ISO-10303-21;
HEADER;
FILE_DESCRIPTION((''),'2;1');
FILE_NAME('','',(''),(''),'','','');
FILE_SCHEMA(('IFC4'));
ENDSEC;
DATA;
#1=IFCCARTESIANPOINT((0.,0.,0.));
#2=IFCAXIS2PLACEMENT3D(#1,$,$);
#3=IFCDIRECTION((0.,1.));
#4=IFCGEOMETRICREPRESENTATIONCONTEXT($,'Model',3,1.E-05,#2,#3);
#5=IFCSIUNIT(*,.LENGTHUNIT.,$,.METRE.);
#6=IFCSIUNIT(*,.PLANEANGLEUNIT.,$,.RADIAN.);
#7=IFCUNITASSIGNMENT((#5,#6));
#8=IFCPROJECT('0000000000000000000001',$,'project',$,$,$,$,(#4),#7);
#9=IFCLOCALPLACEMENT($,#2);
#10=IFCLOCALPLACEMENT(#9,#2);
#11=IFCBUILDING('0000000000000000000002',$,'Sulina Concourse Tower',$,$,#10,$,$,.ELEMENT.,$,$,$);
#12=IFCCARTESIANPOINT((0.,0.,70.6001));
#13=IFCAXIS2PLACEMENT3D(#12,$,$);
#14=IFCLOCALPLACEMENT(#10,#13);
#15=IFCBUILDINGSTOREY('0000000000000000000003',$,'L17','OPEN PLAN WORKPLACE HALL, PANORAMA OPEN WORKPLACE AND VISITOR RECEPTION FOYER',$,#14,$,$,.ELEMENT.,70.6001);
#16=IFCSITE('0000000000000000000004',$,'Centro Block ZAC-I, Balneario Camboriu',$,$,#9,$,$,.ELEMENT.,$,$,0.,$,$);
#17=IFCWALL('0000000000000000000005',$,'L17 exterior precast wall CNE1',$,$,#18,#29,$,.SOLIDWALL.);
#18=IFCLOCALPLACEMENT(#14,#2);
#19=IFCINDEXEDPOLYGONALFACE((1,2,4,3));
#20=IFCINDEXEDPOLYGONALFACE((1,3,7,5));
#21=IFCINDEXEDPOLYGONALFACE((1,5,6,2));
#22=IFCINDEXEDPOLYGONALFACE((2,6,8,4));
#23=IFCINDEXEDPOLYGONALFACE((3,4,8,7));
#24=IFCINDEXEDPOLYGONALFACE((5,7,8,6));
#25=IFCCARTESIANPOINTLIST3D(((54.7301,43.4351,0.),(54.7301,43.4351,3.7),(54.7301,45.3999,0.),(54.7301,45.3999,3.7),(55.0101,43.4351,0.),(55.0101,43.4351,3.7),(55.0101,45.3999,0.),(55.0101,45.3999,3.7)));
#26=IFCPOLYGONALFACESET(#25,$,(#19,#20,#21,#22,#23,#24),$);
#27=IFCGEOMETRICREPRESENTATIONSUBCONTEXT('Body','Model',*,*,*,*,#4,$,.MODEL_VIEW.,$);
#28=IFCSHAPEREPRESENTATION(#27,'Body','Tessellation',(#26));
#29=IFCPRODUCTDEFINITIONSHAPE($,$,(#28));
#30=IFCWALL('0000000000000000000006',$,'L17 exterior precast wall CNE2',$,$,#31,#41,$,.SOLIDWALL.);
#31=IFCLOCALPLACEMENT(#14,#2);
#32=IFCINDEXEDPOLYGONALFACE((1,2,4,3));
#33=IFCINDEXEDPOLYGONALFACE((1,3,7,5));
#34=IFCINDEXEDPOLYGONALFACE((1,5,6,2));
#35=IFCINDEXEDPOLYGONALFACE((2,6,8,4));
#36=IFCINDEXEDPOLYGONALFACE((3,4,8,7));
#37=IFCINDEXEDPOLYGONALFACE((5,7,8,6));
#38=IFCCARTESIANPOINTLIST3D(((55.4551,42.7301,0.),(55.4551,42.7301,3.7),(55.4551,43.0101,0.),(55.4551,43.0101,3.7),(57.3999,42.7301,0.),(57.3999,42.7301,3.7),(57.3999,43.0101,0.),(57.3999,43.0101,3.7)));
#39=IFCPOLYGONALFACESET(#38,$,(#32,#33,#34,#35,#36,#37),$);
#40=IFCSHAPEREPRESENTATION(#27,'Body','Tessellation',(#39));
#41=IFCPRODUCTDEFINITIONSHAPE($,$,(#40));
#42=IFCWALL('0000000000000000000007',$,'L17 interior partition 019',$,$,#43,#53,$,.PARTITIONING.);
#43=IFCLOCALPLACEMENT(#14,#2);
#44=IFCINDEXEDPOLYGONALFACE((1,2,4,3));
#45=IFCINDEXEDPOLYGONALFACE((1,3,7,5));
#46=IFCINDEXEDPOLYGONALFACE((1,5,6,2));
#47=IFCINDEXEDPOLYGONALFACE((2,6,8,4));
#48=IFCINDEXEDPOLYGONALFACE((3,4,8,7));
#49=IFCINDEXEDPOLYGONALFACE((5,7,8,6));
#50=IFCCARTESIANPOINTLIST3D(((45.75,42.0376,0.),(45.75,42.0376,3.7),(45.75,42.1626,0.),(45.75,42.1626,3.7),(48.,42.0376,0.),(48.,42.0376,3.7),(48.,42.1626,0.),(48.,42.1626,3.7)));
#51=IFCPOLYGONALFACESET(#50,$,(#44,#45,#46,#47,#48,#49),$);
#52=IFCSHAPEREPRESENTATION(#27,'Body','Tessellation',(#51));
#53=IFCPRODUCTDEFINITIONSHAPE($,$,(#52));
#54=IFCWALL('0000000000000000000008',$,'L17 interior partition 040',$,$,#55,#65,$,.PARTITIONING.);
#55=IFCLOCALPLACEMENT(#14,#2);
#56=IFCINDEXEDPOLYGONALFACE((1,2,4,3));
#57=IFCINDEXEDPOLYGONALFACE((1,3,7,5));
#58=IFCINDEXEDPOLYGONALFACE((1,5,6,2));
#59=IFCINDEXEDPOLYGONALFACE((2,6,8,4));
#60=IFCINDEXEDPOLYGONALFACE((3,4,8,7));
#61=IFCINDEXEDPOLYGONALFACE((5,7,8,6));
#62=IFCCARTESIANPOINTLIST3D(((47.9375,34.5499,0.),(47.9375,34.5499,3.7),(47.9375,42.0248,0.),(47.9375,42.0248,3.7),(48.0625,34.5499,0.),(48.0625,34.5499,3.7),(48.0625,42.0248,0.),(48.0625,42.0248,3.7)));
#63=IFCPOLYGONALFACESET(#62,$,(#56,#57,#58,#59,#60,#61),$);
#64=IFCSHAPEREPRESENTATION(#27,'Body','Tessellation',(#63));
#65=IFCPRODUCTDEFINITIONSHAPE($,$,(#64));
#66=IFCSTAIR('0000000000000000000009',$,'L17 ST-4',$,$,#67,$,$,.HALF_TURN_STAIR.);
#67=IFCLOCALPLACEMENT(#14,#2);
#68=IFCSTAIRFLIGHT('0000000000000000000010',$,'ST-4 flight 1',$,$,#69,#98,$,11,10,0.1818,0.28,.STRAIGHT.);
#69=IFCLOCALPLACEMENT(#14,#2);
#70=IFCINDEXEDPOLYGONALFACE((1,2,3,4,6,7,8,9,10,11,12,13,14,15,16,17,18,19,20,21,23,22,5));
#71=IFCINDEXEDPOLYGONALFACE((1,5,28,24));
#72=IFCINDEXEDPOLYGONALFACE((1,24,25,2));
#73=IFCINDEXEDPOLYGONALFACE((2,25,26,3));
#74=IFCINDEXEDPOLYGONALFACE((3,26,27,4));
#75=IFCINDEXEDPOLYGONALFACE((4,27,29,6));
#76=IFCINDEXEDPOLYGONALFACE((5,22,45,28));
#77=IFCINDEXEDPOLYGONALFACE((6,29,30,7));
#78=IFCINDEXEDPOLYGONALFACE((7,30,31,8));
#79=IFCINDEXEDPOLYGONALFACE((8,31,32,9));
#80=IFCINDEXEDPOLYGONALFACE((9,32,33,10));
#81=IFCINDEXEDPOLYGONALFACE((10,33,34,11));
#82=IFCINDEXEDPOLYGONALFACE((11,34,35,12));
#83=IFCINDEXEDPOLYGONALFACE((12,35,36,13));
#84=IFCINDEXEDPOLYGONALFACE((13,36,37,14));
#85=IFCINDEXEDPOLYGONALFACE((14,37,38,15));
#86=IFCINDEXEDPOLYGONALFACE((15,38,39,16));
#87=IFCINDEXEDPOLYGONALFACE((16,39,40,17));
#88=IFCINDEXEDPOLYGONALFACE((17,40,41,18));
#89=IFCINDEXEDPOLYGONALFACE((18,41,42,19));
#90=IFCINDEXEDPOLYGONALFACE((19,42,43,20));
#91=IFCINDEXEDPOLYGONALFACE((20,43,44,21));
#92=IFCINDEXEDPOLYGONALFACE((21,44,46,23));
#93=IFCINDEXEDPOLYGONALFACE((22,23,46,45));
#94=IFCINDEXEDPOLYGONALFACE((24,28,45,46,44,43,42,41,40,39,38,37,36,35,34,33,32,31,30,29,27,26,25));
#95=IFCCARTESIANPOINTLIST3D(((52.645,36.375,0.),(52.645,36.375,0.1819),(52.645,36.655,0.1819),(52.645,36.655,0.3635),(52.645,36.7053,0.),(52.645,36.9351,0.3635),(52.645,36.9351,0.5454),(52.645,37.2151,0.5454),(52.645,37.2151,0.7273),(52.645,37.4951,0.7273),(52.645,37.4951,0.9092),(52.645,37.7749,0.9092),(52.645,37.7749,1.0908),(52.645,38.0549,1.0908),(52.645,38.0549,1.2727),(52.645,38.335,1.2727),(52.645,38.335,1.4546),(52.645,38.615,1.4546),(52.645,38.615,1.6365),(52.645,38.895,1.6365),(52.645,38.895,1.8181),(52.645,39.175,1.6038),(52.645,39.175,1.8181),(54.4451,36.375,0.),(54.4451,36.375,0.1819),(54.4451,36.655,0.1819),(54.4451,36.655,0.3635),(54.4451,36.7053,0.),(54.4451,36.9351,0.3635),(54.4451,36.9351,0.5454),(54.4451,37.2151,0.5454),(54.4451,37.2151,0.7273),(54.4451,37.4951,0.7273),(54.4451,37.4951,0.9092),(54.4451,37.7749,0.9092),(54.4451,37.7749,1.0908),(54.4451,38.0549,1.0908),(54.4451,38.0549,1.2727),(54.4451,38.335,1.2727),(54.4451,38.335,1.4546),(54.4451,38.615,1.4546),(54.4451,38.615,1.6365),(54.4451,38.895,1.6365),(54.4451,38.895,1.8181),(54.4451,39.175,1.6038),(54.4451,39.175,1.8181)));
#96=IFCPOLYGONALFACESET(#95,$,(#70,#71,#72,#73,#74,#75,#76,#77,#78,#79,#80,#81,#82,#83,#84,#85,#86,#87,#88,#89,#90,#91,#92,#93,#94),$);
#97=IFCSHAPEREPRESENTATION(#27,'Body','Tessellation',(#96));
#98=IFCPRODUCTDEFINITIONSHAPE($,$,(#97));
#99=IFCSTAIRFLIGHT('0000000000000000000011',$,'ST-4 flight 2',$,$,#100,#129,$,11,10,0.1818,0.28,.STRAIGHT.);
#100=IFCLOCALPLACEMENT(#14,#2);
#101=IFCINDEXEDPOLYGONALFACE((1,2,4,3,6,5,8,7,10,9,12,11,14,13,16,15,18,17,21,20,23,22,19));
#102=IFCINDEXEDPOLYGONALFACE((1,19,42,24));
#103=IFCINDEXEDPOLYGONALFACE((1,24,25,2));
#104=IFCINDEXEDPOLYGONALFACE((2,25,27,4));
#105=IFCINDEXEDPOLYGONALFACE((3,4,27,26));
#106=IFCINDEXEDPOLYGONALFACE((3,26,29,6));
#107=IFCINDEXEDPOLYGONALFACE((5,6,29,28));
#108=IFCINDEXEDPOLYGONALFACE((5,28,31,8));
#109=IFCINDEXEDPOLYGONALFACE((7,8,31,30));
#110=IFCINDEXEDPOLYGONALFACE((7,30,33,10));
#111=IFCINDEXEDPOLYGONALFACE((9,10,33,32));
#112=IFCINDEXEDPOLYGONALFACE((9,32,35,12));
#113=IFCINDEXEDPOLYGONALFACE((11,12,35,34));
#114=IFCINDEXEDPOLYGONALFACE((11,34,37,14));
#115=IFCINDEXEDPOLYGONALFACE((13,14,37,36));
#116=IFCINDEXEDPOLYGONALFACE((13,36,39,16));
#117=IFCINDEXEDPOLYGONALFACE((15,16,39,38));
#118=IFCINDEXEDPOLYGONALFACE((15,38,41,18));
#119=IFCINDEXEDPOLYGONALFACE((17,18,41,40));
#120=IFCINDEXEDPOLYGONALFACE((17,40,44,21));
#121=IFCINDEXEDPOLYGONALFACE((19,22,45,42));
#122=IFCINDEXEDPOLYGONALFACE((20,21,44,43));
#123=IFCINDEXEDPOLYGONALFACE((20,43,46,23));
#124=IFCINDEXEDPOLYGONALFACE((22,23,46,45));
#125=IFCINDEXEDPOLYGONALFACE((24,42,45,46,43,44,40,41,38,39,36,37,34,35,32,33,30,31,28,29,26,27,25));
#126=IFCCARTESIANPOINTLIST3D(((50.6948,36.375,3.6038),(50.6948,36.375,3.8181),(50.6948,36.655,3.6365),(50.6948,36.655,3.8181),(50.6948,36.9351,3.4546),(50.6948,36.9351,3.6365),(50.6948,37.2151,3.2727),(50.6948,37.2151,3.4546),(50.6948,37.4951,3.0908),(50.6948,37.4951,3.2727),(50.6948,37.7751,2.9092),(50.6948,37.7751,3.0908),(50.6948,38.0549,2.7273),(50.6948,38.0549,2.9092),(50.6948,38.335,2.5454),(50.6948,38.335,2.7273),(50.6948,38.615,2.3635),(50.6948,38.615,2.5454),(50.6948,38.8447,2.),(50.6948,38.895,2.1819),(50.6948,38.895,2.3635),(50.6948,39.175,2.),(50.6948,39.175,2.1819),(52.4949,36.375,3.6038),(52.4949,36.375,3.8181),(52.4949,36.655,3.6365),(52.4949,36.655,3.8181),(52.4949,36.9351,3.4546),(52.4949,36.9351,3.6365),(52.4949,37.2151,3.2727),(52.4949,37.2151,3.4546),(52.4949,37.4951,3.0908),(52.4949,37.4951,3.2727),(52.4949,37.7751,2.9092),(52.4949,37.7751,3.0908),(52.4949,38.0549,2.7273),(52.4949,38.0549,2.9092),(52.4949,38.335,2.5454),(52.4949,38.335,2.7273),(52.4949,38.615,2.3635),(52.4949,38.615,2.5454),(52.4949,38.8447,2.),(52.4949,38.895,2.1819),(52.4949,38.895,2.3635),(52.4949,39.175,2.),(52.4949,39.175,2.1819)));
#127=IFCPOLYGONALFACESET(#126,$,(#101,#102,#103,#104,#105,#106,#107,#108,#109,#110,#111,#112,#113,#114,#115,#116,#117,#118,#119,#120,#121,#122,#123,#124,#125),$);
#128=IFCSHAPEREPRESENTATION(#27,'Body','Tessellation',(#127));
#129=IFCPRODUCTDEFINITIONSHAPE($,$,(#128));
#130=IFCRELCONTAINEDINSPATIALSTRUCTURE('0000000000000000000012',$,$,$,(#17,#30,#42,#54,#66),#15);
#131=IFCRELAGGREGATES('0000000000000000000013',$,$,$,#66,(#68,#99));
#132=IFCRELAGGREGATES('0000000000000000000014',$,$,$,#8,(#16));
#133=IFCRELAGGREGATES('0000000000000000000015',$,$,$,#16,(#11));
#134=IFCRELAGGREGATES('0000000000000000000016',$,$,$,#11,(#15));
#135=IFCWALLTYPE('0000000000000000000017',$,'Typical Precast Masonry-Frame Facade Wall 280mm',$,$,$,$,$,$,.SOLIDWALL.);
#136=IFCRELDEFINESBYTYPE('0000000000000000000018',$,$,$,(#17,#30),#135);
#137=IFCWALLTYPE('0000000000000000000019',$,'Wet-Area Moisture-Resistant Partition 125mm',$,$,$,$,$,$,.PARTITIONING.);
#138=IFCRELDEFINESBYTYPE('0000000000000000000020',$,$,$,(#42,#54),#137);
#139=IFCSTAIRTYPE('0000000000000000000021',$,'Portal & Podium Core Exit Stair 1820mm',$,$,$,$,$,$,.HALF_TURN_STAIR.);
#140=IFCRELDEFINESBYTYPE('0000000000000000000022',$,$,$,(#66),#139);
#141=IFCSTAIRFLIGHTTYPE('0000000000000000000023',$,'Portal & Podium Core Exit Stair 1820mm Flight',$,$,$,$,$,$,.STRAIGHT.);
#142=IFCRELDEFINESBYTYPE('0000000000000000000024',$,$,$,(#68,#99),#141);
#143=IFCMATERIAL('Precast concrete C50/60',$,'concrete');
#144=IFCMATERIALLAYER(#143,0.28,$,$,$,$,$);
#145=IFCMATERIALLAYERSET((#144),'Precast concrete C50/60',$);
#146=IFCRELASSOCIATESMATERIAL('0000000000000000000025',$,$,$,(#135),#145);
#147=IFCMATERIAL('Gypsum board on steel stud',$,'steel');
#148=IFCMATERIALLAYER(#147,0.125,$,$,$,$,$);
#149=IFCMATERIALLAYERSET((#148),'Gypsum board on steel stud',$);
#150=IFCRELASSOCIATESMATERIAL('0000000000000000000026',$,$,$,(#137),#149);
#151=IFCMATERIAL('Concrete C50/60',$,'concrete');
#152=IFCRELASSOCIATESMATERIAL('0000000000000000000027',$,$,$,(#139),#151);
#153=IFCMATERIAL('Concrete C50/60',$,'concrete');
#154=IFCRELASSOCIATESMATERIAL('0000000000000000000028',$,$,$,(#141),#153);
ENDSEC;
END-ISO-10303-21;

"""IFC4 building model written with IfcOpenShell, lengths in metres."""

from ifc_helpers import new_model, si_unit, direction, frame, frame_2d, origin, place, context, subcontext, project, spatial, polyline, rectangle, outline, extrude, material, layer, layer_set, type_object, element, aggregate, save


model = new_model("IFC4")

# Units and contexts
model_context = context("Model", 3, precision=1e-05, world=origin(), true_north=direction((0.0, 1.0)))
body_context = subcontext(model_context, "Body", "Model", "MODEL_VIEW")
ifc_project = project(units=[si_unit("LENGTHUNIT", "METRE"), si_unit("PLANEANGLEUNIT", "RADIAN")], contexts=[model_context])

# Site, building, storey
site_placement = place(None, origin())
site = spatial("IfcSite", under=ifc_project, at=site_placement, Name="Centro Block ZAC-I, Balneario Camboriu", CompositionType="ELEMENT", RefElevation=0.0)
building_placement = place(site_placement, origin())
building = spatial("IfcBuilding", under=site, at=building_placement, Name="Sulina Concourse Tower", CompositionType="ELEMENT")
storey_placement = place(building_placement, frame((0.0, 0.0, 70.6001)))
storey = spatial("IfcBuildingStorey", under=building, at=storey_placement, Name="L17", Description="OPEN PLAN WORKPLACE HALL, PANORAMA OPEN WORKPLACE AND VISITOR RECEPTION FOYER", CompositionType="ELEMENT", Elevation=70.6001)

# Walls
ifc_material_1 = material(Name="Precast concrete C50/60", Category="concrete")
ifc_layer_1 = layer(ifc_material_1, 0.28)
ifc_layer_set_1 = layer_set([ifc_layer_1], Name="Precast concrete C50/60")
wall_type_1 = type_object("IfcWallType", Name="Typical Precast Masonry-Frame Facade Wall 280mm", PredefinedType="SOLIDWALL", material=ifc_layer_set_1)
wall_1_placement = place(storey_placement, frame((54.8701, 45.3999, 0.0), z_axis=(0.0, 0.0, 1.0), x_axis=(0.0, -1.0, 0.0)))
element("IfcWall", 1, at=wall_1_placement, inside=storey, type_object=wall_type_1, Name="L17 exterior precast wall CNE1", PredefinedType="SOLIDWALL", context=body_context, shape_type="SweptSolid", body=[
    extrude(rectangle(XDim=1.9648, YDim=0.28, at=frame_2d((0.9824, 0.0))), origin(), (0.0, 0.0, 1.0), 3.7),
])
wall_2_placement = place(storey_placement, frame((55.4551, 42.8701, 0.0), z_axis=(0.0, 0.0, 1.0), x_axis=(1.0, 0.0, 0.0)))
element("IfcWall", 2, at=wall_2_placement, inside=storey, type_object=wall_type_1, Name="L17 exterior precast wall CNE2", PredefinedType="SOLIDWALL", context=body_context, shape_type="SweptSolid", body=[
    extrude(rectangle(XDim=1.9448, YDim=0.28, at=frame_2d((0.9724, 0.0))), origin(), (0.0, 0.0, 1.0), 3.7),
])
ifc_material_2 = material(Name="Gypsum board on steel stud", Category="steel")
ifc_layer_2 = layer(ifc_material_2, 0.125)
ifc_layer_set_2 = layer_set([ifc_layer_2], Name="Gypsum board on steel stud")
wall_type_2 = type_object("IfcWallType", Name="Wet-Area Moisture-Resistant Partition 125mm", PredefinedType="PARTITIONING", material=ifc_layer_set_2)
wall_3_placement = place(storey_placement, frame((45.75, 42.1001, 0.0), z_axis=(0.0, 0.0, 1.0), x_axis=(1.0, 0.0, 0.0)))
element("IfcWall", 3, at=wall_3_placement, inside=storey, type_object=wall_type_2, Name="L17 interior partition 019", PredefinedType="PARTITIONING", context=body_context, shape_type="SweptSolid", body=[
    extrude(rectangle(XDim=2.25, YDim=0.125, at=frame_2d((1.125, 0.0))), origin(), (0.0, 0.0, 1.0), 3.7),
])
wall_4_placement = place(storey_placement, frame((48.0, 34.55, 0.0), z_axis=(0.0, 0.0, 1.0), x_axis=(0.0, 1.0, 0.0)))
element("IfcWall", 4, at=wall_4_placement, inside=storey, type_object=wall_type_2, Name="L17 interior partition 040", PredefinedType="PARTITIONING", context=body_context, shape_type="SweptSolid", body=[
    extrude(rectangle(XDim=7.4749, YDim=0.125, at=frame_2d((3.7373, 0.0))), origin(), (0.0, 0.0, 1.0), 3.7),
])

# Stair, stair flights
ifc_material_3 = material(Name="Concrete C50/60", Category="concrete")
stair_type = type_object("IfcStairType", Name="Portal & Podium Core Exit Stair 1820mm", PredefinedType="HALF_TURN_STAIR", material=ifc_material_3)
stair_placement = place(storey_placement, origin())
stair = element("IfcStair", 5, at=stair_placement, inside=storey, type_object=stair_type, Name="L17 ST-4", PredefinedType="HALF_TURN_STAIR")
ifc_material_4 = material(Name="Concrete C50/60", Category="concrete")
stair_flight_type = type_object("IfcStairFlightType", Name="Portal & Podium Core Exit Stair 1820mm Flight", PredefinedType="STRAIGHT", material=ifc_material_4)
stair_flight_1_placement = place(storey_placement, frame((53.5449, 36.375, 0.0), z_axis=(0.0, 0.0, 1.0), x_axis=(0.0, 1.0, 0.0)))
stair_flight_1 = element("IfcStairFlight", 6, at=stair_flight_1_placement, type_object=stair_flight_type, Name="ST-4 flight 1", NumberOfRisers=11, NumberOfTreads=10, PredefinedType="STRAIGHT", RiserHeight=0.1818, TreadLength=0.28, context=body_context, shape_type="SweptSolid", body=[
    extrude(outline(polyline([(0.0, 0.0), (0.0, 0.1819), (0.28, 0.1819), (0.28, 0.3635), (0.5601, 0.3635), (0.5601, 0.5454), (0.8401, 0.5454), (0.8401, 0.7273), (1.1201, 0.7273), (1.1201, 0.9092), (1.3999, 0.9092), (1.3999, 1.0908), (1.6799, 1.0908), (1.6799, 1.2727), (1.96, 1.2727), (1.96, 1.4546), (2.24, 1.4546), (2.24, 1.6365), (2.52, 1.6365), (2.52, 1.8181), (2.8, 1.8181), (2.8, 2.0), (2.8, 1.6038), (0.3303, 0.0), (0.0, 0.0)])), frame((0.0, 0.8999, 0.0), z_axis=(0.0, -1.0, 0.0), x_axis=(1.0, 0.0, 0.0)), (0.0, 0.0, 1.0), 1.8),
])
stair_flight_2_placement = place(storey_placement, frame((51.595, 39.175, 2.0), z_axis=(0.0, 0.0, 1.0), x_axis=(0.0, -1.0, 0.0)))
stair_flight_2 = element("IfcStairFlight", 7, at=stair_flight_2_placement, type_object=stair_flight_type, Name="ST-4 flight 2", NumberOfRisers=11, NumberOfTreads=10, PredefinedType="STRAIGHT", RiserHeight=0.1818, TreadLength=0.28, context=body_context, shape_type="SweptSolid", body=[
    extrude(outline(polyline([(0.0, 0.0), (0.0, 0.1819), (0.28, 0.1819), (0.28, 0.3635), (0.5601, 0.3635), (0.5601, 0.5454), (0.8401, 0.5454), (0.8401, 0.7273), (1.1201, 0.7273), (1.1201, 0.9092), (1.3999, 0.9092), (1.3999, 1.0908), (1.6799, 1.0908), (1.6799, 1.2727), (1.96, 1.2727), (1.96, 1.4546), (2.24, 1.4546), (2.24, 1.6365), (2.52, 1.6365), (2.52, 1.8181), (2.8, 1.8181), (2.8, 2.0), (2.8, 1.6038), (0.3303, 0.0), (0.0, 0.0)])), frame((0.0, 0.8999, 0.0), z_axis=(0.0, -1.0, 0.0), x_axis=(1.0, 0.0, 0.0)), (0.0, 0.0, 1.0), 1.8),
])
aggregate(stair, [stair_flight_1, stair_flight_2])

save(model, "model.ifc")
